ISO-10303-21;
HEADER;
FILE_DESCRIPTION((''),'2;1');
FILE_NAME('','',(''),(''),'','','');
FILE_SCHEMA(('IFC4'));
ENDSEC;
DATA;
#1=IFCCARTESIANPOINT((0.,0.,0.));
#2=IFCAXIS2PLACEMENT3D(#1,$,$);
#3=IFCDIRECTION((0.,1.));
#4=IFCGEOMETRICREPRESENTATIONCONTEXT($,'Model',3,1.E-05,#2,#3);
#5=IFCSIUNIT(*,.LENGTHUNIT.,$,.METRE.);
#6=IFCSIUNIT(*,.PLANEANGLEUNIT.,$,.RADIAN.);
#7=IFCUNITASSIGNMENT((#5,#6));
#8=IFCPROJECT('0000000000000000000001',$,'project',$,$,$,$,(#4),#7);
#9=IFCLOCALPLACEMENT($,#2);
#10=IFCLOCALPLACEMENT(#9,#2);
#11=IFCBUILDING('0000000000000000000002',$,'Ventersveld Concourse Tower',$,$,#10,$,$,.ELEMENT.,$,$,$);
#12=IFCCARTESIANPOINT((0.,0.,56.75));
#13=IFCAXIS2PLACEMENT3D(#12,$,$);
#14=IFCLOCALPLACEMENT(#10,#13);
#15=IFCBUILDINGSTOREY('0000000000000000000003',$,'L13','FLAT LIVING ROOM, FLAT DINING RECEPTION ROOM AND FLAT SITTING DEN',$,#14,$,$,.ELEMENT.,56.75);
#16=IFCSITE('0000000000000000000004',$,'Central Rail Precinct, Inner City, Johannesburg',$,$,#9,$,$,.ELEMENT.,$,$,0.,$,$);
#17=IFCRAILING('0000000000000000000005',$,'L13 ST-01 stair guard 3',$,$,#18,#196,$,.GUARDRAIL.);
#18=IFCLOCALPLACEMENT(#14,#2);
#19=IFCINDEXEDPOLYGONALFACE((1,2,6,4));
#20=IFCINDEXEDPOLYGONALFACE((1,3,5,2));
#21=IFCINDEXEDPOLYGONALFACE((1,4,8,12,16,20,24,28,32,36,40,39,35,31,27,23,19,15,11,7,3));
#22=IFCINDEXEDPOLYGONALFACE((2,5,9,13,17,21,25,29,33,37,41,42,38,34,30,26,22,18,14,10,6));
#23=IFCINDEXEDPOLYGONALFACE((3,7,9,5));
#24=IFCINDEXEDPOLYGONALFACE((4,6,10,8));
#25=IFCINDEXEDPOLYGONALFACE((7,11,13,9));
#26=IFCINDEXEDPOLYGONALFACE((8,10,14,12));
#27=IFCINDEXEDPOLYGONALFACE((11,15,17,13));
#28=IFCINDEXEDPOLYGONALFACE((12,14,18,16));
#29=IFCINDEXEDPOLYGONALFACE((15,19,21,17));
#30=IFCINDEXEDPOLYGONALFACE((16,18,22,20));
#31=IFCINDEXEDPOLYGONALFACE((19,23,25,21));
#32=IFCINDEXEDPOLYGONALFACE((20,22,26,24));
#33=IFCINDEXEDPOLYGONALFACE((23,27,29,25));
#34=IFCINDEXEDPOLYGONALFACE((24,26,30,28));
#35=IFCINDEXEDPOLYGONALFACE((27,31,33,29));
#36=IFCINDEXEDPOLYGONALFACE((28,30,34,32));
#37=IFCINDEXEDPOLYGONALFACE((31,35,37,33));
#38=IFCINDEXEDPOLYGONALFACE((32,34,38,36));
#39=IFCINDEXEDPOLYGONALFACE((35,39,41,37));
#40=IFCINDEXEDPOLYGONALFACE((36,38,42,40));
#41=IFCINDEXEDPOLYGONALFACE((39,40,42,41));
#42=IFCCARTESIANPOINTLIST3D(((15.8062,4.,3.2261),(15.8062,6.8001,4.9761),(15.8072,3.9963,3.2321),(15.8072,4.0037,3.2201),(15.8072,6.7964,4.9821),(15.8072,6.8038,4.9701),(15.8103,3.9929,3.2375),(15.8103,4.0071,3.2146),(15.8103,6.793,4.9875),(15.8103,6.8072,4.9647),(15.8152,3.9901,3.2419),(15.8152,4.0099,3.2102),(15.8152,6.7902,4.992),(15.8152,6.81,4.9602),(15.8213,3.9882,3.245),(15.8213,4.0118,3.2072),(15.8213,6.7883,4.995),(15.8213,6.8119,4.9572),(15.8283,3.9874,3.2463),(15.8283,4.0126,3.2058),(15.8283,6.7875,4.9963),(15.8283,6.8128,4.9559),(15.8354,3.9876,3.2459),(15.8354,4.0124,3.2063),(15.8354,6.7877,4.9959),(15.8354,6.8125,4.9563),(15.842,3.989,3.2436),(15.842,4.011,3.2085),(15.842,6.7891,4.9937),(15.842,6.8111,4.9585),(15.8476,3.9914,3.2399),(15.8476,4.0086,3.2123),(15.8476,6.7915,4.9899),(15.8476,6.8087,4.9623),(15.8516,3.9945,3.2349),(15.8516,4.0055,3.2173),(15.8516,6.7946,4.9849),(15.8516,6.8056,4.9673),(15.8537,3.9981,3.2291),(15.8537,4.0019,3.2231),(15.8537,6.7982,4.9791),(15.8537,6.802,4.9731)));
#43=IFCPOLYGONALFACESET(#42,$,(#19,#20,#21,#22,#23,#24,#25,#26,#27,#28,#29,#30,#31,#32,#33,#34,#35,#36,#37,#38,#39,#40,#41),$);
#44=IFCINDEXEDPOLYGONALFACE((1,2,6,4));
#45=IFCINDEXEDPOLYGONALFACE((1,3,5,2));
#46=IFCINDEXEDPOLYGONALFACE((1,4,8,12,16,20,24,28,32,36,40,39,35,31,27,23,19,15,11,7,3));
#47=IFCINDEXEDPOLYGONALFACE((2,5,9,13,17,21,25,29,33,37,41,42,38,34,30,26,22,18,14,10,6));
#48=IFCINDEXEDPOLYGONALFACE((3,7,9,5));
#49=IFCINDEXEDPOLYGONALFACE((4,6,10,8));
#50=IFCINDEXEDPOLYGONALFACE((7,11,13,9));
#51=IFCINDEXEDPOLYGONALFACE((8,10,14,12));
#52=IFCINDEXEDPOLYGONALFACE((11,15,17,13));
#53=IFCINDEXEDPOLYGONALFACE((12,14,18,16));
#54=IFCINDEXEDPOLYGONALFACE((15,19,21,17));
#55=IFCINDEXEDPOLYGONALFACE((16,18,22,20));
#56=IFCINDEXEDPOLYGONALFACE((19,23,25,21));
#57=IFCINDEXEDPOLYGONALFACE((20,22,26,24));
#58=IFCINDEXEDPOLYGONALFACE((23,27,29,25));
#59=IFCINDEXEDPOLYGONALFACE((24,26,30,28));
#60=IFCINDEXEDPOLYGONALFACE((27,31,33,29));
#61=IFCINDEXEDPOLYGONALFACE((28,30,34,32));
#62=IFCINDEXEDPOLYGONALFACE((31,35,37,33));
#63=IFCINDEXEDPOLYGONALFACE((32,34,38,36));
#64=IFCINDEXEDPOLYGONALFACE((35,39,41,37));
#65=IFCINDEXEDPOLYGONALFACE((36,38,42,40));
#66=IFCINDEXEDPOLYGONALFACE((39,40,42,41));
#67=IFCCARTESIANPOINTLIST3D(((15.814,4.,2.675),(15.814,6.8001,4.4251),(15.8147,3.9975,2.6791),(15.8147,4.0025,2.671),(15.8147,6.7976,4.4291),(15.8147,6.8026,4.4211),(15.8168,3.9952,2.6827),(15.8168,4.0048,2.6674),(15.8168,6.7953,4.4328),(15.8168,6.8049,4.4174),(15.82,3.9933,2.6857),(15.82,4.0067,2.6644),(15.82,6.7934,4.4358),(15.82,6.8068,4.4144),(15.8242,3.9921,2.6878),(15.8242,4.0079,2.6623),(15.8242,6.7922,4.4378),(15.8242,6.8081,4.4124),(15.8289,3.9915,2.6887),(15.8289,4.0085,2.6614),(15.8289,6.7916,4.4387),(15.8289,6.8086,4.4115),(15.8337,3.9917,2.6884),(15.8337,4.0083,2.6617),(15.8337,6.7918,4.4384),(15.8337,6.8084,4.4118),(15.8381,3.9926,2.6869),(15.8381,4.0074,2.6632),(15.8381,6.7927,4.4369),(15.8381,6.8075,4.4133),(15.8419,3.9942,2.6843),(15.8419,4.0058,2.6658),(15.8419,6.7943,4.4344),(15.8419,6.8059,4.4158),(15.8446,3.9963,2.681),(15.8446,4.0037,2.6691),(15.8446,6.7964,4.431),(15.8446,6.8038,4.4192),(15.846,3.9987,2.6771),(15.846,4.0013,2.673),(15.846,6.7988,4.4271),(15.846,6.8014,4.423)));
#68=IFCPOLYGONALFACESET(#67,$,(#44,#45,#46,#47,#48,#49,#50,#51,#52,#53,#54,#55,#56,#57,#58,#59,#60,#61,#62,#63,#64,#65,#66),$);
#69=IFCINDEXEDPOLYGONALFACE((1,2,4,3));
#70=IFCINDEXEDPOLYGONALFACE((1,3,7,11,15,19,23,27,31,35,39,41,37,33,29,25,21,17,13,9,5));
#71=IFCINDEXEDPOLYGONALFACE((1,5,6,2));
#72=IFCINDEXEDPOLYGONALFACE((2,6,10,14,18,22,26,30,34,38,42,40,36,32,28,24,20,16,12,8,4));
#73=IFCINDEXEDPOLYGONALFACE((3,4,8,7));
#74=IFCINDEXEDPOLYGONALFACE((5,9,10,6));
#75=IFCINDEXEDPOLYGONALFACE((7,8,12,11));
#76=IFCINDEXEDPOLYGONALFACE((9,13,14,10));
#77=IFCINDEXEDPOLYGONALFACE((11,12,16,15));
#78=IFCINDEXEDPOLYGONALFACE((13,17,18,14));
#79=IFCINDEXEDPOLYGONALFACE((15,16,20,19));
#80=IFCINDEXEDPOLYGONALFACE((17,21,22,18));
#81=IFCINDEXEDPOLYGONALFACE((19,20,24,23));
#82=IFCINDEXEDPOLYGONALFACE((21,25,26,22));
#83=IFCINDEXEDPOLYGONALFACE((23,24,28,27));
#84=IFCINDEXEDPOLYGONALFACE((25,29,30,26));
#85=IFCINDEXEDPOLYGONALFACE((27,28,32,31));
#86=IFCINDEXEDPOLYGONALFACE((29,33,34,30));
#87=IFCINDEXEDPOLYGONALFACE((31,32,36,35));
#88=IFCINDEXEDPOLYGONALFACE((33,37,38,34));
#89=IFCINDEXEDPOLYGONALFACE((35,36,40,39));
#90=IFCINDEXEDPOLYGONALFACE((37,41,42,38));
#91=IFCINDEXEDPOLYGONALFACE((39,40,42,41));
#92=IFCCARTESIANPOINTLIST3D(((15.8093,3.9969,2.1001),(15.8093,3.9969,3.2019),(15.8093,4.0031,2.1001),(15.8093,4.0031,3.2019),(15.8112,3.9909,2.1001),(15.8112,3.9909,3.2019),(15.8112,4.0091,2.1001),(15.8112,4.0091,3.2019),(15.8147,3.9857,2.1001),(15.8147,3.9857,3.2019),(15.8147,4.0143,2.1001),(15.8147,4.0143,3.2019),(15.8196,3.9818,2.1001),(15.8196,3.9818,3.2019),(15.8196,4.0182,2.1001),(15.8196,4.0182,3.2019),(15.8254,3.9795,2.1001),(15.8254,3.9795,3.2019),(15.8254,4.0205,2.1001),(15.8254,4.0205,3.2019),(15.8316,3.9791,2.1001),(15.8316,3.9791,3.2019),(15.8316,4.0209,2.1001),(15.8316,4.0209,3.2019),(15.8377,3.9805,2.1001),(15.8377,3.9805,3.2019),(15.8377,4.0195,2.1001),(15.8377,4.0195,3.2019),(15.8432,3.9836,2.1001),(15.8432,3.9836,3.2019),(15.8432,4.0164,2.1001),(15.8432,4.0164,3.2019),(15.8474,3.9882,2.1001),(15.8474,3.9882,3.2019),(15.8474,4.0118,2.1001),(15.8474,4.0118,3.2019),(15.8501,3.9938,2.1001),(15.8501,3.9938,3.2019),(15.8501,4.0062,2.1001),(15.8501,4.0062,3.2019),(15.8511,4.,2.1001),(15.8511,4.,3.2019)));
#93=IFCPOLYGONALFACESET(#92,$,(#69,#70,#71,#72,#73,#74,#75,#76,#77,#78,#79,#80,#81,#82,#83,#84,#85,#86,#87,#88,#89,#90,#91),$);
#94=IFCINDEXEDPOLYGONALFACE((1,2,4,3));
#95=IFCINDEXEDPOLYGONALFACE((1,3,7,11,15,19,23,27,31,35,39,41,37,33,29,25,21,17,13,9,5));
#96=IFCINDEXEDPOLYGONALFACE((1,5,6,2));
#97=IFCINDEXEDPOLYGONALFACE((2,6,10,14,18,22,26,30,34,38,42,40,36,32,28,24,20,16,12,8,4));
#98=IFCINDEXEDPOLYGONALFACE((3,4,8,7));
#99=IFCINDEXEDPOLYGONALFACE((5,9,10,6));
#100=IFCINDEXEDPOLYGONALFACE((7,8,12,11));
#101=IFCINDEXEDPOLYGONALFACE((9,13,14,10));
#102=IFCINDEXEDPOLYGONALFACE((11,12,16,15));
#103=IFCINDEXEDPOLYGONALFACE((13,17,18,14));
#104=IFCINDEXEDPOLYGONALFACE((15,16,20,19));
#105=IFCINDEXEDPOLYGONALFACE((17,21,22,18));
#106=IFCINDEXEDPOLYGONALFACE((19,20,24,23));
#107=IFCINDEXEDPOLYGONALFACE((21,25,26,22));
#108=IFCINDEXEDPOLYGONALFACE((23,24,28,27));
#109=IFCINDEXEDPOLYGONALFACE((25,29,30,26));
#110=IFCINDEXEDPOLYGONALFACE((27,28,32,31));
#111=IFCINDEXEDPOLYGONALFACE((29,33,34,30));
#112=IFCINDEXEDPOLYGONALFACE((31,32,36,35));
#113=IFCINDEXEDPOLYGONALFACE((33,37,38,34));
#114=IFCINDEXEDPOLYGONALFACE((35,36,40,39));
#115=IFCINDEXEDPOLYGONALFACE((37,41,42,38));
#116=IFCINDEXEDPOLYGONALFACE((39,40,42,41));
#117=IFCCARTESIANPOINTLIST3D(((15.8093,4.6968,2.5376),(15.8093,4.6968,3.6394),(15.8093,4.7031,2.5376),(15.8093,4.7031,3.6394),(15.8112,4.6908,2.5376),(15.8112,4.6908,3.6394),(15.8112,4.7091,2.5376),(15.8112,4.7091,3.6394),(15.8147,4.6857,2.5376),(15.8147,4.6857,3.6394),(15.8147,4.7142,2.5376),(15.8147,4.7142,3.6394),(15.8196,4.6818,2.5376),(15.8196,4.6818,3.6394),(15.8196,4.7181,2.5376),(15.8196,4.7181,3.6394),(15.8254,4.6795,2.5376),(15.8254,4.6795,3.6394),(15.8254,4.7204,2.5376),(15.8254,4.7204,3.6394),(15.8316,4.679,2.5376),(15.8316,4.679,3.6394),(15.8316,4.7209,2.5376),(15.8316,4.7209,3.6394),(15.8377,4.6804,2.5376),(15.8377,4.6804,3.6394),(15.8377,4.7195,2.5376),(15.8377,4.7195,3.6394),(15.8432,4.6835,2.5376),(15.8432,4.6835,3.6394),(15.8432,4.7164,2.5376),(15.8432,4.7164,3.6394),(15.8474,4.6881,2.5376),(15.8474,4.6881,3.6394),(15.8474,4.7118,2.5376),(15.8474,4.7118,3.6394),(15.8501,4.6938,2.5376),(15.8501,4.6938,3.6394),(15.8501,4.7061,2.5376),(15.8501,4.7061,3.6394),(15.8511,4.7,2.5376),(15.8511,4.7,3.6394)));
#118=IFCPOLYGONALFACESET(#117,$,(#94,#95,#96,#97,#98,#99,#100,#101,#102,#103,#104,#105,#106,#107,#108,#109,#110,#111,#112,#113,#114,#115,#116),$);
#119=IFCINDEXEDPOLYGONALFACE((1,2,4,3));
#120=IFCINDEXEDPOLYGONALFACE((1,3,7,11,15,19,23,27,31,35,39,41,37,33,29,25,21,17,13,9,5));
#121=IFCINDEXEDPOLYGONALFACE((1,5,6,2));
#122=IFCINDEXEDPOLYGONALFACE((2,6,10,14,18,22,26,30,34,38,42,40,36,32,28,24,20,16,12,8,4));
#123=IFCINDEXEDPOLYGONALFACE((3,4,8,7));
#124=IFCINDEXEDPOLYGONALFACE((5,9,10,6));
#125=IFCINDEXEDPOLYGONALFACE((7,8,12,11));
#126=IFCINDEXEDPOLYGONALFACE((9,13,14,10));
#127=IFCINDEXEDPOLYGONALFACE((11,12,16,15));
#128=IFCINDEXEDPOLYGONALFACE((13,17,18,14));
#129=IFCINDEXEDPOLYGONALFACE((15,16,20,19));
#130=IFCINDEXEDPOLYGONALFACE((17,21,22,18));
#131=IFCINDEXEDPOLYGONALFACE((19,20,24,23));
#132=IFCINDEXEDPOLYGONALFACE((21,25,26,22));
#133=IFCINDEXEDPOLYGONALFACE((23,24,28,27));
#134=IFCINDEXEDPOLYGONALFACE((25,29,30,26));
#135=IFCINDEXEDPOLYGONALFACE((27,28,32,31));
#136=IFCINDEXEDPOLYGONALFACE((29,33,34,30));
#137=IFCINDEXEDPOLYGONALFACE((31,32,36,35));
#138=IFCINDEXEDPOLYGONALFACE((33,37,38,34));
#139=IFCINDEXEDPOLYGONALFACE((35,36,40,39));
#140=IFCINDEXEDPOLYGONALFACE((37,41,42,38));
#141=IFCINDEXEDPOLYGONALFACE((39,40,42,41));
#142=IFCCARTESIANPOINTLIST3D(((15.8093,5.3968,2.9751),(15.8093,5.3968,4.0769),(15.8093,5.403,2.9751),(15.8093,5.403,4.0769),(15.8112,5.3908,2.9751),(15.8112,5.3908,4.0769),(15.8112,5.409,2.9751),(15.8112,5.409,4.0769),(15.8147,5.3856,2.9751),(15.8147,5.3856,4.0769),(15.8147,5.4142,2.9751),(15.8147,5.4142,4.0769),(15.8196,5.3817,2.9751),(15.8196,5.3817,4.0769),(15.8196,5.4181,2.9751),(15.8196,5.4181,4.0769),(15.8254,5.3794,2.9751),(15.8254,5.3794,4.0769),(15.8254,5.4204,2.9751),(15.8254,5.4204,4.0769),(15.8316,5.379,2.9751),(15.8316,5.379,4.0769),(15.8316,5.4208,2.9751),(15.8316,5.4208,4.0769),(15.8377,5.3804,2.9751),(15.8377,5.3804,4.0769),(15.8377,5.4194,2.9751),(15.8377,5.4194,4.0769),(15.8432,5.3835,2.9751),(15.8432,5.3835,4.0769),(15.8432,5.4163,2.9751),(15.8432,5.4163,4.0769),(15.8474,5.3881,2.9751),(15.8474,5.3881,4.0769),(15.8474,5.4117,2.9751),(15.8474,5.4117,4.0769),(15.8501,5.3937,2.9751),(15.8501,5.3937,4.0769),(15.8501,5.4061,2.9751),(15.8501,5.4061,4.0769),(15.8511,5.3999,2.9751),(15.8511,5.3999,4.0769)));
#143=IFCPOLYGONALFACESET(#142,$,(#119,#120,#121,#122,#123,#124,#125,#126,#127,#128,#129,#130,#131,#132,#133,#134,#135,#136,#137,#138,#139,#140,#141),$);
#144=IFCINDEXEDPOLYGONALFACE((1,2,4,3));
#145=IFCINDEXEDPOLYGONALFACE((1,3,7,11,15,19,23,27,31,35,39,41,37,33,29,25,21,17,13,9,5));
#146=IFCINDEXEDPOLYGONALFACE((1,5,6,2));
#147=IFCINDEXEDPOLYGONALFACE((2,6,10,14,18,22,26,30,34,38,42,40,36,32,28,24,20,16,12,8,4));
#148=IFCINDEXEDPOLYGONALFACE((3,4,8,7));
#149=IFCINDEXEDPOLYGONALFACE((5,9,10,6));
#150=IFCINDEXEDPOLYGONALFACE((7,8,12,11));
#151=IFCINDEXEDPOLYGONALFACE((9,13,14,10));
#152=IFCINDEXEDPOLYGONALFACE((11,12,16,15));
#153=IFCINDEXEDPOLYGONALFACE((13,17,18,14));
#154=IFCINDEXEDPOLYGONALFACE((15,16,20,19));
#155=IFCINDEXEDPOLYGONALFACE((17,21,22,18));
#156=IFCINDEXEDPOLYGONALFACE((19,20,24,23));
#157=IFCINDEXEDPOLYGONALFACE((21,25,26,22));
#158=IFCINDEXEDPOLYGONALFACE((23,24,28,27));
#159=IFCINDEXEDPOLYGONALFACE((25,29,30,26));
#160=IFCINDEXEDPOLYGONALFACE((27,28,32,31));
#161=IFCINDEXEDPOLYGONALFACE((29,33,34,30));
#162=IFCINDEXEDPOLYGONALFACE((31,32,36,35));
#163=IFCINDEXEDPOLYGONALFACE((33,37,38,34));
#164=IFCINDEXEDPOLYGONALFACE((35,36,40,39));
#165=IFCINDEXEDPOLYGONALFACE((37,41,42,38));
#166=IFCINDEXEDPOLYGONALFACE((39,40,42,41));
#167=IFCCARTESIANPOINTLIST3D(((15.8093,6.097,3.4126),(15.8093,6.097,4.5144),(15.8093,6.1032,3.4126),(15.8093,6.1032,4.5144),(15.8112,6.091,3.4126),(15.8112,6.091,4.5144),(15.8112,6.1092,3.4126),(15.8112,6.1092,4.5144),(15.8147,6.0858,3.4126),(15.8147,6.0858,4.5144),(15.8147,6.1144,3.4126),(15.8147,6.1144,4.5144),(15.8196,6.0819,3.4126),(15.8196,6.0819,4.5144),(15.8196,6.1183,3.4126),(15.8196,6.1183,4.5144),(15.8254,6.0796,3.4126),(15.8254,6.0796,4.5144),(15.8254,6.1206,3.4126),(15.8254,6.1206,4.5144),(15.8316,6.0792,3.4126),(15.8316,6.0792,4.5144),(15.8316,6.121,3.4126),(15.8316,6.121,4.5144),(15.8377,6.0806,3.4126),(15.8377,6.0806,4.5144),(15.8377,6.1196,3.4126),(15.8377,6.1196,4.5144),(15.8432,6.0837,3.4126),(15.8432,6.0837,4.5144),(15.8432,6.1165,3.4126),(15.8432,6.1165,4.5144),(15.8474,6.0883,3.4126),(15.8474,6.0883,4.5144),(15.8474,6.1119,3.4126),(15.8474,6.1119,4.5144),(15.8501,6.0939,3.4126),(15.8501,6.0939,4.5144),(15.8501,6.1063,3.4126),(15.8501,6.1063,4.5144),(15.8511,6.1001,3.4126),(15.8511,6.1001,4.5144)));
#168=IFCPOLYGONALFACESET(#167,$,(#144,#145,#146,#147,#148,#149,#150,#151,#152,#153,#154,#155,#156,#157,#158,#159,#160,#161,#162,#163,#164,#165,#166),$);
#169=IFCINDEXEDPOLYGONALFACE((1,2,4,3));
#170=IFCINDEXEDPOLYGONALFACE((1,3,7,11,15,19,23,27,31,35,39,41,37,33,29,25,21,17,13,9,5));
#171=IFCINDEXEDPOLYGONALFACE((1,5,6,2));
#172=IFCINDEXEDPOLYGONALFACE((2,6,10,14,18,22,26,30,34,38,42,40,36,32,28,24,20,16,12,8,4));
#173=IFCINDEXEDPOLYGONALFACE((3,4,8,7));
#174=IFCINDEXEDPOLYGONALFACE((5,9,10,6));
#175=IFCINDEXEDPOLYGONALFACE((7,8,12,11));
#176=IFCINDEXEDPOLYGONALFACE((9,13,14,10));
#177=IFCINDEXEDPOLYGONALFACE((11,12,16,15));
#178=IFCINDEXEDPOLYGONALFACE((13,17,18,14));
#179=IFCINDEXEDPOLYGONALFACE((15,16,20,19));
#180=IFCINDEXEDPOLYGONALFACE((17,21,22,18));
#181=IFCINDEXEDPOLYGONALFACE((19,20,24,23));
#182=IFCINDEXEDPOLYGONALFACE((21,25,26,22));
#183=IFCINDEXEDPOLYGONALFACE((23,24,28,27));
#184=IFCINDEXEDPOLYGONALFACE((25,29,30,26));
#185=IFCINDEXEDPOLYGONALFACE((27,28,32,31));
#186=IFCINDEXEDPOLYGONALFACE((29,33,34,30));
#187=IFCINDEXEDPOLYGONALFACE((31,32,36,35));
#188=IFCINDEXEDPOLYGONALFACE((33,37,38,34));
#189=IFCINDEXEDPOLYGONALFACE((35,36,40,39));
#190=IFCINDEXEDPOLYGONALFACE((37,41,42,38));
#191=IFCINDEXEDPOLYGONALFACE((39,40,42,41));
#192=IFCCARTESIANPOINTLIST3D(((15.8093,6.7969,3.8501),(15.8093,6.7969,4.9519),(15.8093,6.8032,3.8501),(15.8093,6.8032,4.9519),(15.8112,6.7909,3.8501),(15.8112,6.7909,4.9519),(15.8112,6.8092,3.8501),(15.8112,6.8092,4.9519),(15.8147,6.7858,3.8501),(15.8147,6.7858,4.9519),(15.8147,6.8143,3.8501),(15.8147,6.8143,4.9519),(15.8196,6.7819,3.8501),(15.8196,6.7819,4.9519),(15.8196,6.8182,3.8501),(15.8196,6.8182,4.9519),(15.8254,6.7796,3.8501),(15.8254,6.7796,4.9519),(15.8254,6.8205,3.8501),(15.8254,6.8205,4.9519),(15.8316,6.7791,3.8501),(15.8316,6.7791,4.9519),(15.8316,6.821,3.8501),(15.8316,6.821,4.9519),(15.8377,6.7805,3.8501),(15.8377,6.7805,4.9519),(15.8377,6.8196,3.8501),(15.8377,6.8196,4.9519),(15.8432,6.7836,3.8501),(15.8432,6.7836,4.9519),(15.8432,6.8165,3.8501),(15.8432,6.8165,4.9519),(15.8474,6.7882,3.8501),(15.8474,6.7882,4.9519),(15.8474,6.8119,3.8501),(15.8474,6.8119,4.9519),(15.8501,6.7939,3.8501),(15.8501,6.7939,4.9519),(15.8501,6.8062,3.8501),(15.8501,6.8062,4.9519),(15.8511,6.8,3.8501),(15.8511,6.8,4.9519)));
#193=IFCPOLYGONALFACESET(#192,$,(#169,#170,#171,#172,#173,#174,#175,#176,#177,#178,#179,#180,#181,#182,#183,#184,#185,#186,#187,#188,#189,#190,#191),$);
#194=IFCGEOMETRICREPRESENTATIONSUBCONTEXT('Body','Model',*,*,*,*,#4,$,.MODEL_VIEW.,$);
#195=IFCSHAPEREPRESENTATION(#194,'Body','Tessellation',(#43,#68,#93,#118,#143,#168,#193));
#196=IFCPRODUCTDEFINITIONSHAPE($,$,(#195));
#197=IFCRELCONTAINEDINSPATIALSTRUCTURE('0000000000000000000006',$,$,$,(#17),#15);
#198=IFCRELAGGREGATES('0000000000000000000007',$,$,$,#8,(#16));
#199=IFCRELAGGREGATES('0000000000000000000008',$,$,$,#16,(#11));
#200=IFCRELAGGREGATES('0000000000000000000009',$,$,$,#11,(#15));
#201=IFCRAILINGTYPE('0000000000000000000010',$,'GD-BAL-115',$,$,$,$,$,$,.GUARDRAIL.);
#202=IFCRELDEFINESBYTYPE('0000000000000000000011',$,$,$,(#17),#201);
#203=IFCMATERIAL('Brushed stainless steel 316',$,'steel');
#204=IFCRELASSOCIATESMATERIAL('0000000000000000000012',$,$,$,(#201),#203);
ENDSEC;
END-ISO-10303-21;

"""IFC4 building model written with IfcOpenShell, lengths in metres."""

from ifc_helpers import new_model, si_unit, direction, frame, origin, origin_2d, place, context, subcontext, project, spatial, circle, extrude, material, type_object, element, save


model = new_model("IFC4")

# Units and contexts
model_context = context("Model", 3, precision=1e-05, world=origin(), true_north=direction((0.0, 1.0)))
body_context = subcontext(model_context, "Body", "Model", "MODEL_VIEW")
ifc_project = project(units=[si_unit("LENGTHUNIT", "METRE"), si_unit("PLANEANGLEUNIT", "RADIAN")], contexts=[model_context])

# Site, building, storey
site_placement = place(None, origin())
site = spatial("IfcSite", under=ifc_project, at=site_placement, Name="Central Rail Precinct, Inner City, Johannesburg", CompositionType="ELEMENT", RefElevation=0.0)
building_placement = place(site_placement, origin())
building = spatial("IfcBuilding", under=site, at=building_placement, Name="Ventersveld Concourse Tower", CompositionType="ELEMENT")
storey_placement = place(building_placement, frame((0.0, 0.0, 56.75)))
storey = spatial("IfcBuildingStorey", under=building, at=storey_placement, Name="L13", Description="FLAT LIVING ROOM, FLAT DINING RECEPTION ROOM AND FLAT SITTING DEN", CompositionType="ELEMENT", Elevation=56.75)

# Shared definitions
ifc_material_1 = material(Name="Brushed stainless steel 316", Category="steel")

# Railing
railing_type_1 = type_object("IfcRailingType", Name="GD-BAL-115", PredefinedType="GUARDRAIL", material=ifc_material_1)
railing_1_placement = place(storey_placement, frame((15.8301, 4.0, 2.1001)))
element("IfcRailing", 1, at=railing_1_placement, inside=storey, type_object=railing_type_1, Name="L13 ST-01 stair guard 3", PredefinedType="GUARDRAIL", context=body_context, shape_type="SweptSolid", body=[
    extrude(circle(Radius=0.0239, at=origin_2d()), frame((0.0, 0.0, 1.126), z_axis=(0.0, 0.848002, 0.529992), x_axis=(-1.0, 0.0, 0.0)), (0.0, 0.0, 1.0), 3.302),
    extrude(circle(Radius=0.0161, at=origin_2d()), frame((0.0, 0.0, 0.575), z_axis=(0.0, 0.848002, 0.529992), x_axis=(-1.0, 0.0, 0.0)), (0.0, 0.0, 1.0), 3.302),
    extrude(circle(Radius=0.021, at=origin_2d()), origin(), (0.0, 0.0, 1.0), 1.1018),
    extrude(circle(Radius=0.021, at=origin_2d()), frame((0.0, 0.7, 0.4375)), (0.0, 0.0, 1.0), 1.1018),
    extrude(circle(Radius=0.021, at=origin_2d()), frame((0.0, 1.3999, 0.875)), (0.0, 0.0, 1.0), 1.1018),
    extrude(circle(Radius=0.021, at=origin_2d()), frame((0.0, 2.1001, 1.3125)), (0.0, 0.0, 1.0), 1.1018),
    extrude(circle(Radius=0.021, at=origin_2d()), frame((0.0, 2.8, 1.75)), (0.0, 0.0, 1.0), 1.1018),
])

save(model, "model.ifc")
